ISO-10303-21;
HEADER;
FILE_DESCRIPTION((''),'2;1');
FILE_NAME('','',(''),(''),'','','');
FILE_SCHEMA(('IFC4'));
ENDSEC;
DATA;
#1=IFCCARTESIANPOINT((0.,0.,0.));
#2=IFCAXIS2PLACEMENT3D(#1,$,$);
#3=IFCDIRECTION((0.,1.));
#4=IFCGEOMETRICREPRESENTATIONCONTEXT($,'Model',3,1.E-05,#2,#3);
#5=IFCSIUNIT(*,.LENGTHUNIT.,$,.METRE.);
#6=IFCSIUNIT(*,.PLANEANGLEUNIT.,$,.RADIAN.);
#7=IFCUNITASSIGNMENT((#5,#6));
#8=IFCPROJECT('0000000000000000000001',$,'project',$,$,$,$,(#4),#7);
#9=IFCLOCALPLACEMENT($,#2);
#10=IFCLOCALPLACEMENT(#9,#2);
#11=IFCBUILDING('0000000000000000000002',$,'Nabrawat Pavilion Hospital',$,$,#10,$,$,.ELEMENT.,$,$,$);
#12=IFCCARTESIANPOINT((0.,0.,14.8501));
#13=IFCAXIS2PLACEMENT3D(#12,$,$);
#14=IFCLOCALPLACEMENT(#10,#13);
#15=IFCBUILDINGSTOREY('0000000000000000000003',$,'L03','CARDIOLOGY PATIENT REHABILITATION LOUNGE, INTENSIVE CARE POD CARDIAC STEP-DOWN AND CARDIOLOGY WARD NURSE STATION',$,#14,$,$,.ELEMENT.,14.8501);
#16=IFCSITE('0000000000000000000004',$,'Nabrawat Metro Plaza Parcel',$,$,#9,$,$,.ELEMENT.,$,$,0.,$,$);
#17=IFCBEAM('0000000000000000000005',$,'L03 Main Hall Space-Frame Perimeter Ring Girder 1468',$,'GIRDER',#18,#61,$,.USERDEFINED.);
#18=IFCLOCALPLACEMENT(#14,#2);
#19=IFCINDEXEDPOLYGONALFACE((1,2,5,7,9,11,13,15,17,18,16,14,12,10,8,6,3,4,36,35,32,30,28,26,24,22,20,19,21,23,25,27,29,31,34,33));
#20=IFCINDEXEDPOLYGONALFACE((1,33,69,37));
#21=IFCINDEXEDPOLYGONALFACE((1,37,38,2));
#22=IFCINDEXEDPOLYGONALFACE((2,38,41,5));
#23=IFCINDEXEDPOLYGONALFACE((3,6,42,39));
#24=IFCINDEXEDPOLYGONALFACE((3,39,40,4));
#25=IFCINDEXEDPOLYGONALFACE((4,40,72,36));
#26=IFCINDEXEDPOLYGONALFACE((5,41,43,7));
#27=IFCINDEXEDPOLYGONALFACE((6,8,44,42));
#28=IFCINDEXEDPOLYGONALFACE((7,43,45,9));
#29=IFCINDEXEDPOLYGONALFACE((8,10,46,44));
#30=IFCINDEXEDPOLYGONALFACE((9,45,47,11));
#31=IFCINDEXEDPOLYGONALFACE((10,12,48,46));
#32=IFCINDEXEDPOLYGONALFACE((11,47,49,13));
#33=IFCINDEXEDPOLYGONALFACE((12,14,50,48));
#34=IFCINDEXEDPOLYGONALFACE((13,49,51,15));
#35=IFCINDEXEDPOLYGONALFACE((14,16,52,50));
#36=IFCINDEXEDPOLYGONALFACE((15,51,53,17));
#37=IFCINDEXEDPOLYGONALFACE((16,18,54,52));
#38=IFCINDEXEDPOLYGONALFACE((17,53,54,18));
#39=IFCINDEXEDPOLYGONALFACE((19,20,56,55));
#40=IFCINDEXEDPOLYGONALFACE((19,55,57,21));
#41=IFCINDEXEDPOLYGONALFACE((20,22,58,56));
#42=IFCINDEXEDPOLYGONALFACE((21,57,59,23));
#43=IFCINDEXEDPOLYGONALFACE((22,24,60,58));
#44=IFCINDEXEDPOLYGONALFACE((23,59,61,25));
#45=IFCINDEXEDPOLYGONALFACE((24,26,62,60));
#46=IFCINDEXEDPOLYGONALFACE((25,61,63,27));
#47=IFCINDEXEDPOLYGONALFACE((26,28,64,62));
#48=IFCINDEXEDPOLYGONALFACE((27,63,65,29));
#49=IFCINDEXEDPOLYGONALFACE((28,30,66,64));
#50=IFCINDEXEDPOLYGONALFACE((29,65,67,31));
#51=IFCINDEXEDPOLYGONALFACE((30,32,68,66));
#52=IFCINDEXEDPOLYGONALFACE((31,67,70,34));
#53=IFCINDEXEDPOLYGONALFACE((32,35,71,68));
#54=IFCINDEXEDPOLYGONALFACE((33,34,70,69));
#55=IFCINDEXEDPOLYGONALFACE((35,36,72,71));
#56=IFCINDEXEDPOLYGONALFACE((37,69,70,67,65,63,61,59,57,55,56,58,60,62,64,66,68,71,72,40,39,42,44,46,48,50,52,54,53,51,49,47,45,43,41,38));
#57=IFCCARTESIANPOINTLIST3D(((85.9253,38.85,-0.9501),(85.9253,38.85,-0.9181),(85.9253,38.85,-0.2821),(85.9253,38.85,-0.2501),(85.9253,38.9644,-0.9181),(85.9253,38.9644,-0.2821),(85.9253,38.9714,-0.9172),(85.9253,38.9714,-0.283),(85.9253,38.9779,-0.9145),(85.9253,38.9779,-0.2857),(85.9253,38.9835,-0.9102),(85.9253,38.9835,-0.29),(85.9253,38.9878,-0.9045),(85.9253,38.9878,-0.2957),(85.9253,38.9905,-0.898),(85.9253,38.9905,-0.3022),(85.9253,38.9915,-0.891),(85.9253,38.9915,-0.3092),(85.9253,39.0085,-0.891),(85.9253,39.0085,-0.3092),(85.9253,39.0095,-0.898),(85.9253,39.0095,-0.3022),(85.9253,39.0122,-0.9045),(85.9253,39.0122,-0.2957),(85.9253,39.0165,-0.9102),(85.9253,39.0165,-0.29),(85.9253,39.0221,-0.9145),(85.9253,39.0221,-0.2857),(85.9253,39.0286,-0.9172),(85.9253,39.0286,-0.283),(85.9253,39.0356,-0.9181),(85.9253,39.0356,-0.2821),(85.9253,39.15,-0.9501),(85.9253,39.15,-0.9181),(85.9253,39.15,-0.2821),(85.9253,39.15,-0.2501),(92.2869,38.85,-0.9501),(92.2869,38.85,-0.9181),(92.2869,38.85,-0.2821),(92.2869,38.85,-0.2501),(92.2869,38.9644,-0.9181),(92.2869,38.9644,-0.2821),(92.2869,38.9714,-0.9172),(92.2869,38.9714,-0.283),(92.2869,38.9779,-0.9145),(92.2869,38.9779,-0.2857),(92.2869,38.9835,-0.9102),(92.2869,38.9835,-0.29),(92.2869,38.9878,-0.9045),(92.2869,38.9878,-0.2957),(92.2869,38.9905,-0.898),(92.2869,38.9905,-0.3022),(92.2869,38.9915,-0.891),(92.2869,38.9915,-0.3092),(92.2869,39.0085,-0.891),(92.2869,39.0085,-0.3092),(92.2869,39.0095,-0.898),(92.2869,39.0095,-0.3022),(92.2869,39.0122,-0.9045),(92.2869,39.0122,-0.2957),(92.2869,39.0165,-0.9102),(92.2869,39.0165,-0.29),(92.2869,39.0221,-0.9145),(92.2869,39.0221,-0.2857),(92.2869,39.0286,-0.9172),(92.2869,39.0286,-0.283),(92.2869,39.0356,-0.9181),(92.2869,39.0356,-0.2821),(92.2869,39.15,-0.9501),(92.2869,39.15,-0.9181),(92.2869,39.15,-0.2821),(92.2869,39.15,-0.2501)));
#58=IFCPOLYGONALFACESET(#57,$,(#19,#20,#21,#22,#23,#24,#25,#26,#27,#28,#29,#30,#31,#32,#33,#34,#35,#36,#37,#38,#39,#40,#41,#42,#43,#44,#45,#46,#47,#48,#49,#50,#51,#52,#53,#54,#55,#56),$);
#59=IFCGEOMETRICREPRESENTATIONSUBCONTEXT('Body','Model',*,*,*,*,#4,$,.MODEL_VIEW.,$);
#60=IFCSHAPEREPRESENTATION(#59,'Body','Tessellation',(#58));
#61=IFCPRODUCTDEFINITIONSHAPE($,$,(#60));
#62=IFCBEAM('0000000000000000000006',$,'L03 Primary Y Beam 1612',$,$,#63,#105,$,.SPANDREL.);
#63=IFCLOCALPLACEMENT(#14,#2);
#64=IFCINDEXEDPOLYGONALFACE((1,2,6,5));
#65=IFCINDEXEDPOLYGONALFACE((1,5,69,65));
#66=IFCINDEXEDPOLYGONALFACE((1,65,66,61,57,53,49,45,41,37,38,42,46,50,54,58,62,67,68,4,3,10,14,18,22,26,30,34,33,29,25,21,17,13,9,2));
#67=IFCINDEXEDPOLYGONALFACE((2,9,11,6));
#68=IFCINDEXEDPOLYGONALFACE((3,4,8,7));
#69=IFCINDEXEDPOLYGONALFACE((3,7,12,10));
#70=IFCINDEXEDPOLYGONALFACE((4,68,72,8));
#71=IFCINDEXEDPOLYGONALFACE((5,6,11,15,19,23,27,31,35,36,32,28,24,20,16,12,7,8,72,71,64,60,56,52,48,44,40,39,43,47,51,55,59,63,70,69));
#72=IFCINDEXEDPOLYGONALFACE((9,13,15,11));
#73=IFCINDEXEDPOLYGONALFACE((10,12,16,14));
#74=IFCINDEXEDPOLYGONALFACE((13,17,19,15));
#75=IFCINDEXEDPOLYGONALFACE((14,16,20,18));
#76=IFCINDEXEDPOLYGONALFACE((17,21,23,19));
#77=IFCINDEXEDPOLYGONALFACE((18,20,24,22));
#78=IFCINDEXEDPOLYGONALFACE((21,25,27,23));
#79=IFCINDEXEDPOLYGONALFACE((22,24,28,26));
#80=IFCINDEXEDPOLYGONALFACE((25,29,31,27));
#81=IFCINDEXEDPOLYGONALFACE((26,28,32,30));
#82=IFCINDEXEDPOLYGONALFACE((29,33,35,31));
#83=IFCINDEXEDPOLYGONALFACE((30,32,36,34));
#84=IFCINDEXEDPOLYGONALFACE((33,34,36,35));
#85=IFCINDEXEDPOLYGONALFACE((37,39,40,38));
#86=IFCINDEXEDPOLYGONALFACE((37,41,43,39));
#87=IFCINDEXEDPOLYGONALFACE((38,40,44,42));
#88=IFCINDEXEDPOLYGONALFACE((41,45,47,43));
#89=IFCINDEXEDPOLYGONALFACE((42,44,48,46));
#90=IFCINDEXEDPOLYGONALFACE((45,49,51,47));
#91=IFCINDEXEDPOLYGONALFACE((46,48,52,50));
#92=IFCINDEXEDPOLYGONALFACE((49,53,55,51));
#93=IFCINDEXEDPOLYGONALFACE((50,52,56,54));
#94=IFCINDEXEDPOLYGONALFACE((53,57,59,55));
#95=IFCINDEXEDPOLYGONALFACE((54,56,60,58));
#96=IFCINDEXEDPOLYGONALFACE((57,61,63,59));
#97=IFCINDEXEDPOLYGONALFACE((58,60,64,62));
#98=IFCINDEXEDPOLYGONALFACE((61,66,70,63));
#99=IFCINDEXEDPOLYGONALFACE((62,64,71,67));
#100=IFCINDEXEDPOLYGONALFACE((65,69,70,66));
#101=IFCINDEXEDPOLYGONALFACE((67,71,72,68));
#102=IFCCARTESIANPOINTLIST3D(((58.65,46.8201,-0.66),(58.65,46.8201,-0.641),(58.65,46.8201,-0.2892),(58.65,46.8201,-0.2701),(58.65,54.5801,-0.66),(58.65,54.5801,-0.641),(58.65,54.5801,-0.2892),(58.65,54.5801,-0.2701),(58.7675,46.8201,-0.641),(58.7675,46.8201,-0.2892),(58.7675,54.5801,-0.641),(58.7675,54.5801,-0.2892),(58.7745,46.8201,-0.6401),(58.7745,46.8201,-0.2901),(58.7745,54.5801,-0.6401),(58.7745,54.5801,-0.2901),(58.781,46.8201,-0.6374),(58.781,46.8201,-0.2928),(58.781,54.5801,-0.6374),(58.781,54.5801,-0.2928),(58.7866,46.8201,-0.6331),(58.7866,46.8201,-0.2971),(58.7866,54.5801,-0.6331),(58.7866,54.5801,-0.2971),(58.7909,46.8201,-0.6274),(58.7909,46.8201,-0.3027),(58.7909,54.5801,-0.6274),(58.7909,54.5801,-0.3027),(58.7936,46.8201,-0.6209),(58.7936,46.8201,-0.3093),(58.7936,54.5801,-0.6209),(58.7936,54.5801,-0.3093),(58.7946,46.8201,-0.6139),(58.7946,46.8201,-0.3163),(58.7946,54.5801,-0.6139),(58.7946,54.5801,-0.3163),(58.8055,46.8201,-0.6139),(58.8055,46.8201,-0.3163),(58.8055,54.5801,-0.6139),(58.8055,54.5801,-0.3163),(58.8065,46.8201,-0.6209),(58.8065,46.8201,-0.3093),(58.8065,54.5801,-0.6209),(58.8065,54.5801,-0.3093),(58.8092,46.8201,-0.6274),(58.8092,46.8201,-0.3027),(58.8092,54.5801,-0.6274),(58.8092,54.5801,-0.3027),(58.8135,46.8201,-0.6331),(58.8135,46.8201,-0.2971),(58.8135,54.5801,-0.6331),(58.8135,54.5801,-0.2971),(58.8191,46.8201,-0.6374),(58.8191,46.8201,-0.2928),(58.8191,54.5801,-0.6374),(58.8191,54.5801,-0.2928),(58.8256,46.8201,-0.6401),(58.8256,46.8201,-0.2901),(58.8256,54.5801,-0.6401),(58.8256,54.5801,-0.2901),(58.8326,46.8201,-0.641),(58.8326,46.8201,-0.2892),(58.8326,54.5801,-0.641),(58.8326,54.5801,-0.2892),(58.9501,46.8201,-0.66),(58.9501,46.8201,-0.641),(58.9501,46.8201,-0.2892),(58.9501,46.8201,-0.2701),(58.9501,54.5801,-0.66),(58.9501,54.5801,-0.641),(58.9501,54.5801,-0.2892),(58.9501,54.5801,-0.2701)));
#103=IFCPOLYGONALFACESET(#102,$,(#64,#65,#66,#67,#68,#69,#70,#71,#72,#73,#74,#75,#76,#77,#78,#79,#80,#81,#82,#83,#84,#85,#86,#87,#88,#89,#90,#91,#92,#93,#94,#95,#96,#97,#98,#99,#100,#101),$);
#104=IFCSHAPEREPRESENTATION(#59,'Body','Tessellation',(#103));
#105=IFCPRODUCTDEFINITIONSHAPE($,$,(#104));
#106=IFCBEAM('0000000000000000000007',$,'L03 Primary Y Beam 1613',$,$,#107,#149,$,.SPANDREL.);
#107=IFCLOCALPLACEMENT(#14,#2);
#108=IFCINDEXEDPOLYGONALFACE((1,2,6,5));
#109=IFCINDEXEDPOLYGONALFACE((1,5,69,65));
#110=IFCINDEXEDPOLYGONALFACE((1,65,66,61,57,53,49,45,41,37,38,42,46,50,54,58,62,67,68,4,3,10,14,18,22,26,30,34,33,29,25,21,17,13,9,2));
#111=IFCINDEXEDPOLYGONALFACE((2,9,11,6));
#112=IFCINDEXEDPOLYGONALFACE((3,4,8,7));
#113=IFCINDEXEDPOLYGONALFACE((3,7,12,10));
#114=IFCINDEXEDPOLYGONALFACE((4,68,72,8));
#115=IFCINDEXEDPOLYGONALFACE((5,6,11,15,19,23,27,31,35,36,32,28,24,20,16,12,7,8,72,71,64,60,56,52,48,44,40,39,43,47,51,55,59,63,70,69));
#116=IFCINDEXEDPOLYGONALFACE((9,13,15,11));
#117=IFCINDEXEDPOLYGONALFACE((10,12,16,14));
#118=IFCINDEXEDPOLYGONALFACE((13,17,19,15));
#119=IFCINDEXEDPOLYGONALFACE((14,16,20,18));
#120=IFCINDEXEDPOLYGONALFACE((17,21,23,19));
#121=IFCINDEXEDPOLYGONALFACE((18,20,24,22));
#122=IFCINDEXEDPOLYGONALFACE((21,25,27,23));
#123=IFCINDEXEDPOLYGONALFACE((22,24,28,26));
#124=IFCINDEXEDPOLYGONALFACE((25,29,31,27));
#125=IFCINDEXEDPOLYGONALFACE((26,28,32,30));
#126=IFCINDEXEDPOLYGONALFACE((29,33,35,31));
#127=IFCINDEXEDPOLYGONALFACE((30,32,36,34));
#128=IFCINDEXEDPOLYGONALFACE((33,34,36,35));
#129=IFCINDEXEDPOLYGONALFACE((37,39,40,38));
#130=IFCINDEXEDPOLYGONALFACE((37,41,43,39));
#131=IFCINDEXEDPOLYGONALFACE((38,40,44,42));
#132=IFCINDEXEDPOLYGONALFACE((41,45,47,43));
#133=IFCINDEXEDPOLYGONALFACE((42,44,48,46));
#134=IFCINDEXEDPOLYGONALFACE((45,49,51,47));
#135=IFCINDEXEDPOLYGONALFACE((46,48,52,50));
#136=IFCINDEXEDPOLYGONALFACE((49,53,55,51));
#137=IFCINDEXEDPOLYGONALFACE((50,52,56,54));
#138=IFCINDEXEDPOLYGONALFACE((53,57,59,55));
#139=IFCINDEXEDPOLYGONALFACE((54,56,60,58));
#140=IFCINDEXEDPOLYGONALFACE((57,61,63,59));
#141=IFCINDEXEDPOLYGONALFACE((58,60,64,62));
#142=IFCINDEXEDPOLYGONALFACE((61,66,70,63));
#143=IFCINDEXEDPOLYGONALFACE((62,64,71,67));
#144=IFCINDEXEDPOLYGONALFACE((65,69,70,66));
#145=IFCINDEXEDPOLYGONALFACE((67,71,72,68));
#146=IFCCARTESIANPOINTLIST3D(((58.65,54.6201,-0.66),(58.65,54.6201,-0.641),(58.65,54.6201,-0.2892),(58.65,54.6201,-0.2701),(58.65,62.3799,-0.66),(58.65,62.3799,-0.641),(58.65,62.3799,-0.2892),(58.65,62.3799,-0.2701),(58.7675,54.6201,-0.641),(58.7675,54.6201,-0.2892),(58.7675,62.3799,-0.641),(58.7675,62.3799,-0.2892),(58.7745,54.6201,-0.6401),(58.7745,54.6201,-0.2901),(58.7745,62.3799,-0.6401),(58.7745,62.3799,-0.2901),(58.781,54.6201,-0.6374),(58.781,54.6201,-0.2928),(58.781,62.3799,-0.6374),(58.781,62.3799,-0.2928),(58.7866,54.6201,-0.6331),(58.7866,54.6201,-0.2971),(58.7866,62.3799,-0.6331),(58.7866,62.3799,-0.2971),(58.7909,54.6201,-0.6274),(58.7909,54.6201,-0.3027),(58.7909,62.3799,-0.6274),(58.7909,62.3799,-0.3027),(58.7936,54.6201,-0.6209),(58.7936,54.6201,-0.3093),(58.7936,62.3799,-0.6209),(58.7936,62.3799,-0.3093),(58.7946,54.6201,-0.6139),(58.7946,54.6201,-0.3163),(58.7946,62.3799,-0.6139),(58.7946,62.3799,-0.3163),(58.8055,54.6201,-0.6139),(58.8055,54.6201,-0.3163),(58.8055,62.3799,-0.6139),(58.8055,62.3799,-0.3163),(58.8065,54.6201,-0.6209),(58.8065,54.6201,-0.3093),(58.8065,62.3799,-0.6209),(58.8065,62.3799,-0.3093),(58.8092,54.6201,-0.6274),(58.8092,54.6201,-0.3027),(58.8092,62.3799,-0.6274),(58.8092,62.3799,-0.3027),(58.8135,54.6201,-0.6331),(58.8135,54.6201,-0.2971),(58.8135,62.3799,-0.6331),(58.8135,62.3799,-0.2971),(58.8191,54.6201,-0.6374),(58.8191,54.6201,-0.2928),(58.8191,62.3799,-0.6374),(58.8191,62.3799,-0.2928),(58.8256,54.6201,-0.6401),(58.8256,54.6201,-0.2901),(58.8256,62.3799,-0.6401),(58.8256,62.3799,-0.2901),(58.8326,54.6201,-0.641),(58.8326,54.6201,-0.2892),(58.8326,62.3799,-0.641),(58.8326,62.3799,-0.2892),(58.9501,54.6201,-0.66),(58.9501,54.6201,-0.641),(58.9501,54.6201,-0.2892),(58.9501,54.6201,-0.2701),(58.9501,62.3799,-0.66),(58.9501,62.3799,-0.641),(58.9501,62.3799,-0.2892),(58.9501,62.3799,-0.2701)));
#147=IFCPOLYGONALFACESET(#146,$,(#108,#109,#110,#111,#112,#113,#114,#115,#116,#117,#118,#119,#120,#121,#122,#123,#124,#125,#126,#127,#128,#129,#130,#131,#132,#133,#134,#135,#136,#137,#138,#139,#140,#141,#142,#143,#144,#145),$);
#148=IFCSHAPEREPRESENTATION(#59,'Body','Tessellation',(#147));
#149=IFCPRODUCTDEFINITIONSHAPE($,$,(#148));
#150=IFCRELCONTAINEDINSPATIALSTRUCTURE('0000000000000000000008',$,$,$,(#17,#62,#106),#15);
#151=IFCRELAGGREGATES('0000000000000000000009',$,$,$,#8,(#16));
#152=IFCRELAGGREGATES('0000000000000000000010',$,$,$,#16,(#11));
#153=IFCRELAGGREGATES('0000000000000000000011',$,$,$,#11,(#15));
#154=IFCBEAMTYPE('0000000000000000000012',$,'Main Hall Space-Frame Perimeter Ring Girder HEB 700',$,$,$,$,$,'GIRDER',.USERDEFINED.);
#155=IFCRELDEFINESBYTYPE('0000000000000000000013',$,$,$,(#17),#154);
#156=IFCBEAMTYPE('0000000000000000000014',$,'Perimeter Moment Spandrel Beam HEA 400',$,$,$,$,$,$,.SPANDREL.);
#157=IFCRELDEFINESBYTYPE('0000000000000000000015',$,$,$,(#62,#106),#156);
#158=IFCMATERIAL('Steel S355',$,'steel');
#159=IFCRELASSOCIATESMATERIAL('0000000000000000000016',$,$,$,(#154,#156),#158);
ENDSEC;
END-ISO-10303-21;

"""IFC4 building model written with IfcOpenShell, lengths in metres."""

from ifc_helpers import new_model, si_unit, direction, frame, origin, origin_2d, place, context, subcontext, project, spatial, i_section, extrude, material, material_profile, profile_set, type_object, element, save


model = new_model("IFC4")

# Units and contexts
model_context = context("Model", 3, precision=1e-05, world=origin(), true_north=direction((0.0, 1.0)))
body_context = subcontext(model_context, "Body", "Model", "MODEL_VIEW")
ifc_project = project(units=[si_unit("LENGTHUNIT", "METRE"), si_unit("PLANEANGLEUNIT", "RADIAN")], contexts=[model_context])

# Site, building, storey
site_placement = place(None, origin())
site = spatial("IfcSite", under=ifc_project, at=site_placement, Name="Nabrawat Metro Plaza Parcel", CompositionType="ELEMENT", RefElevation=0.0)
building_placement = place(site_placement, origin())
building = spatial("IfcBuilding", under=site, at=building_placement, Name="Nabrawat Pavilion Hospital", CompositionType="ELEMENT")
storey_placement = place(building_placement, frame((0.0, 0.0, 14.8501)))
storey = spatial("IfcBuildingStorey", under=building, at=storey_placement, Name="L03", Description="CARDIOLOGY PATIENT REHABILITATION LOUNGE, INTENSIVE CARE POD CARDIAC STEP-DOWN AND CARDIOLOGY WARD NURSE STATION", CompositionType="ELEMENT", Elevation=14.8501)

# Shared definitions
ifc_material_1 = material(Name="Steel S355", Category="steel")

# Beams
ifc_material_profile_1 = material_profile(ifc_material_1, i_section(OverallWidth=0.3, OverallDepth=0.7, WebThickness=0.0171, FlangeThickness=0.032, FilletRadius=0.0271, at=origin_2d()), Name="HEB 700")
ifc_profile_set_1 = profile_set([ifc_material_profile_1], Name="Steel S355")
beam_type_1 = type_object("IfcBeamType", Name="Main Hall Space-Frame Perimeter Ring Girder HEB 700", ElementType="GIRDER", PredefinedType="USERDEFINED", material=ifc_profile_set_1)
for number, where, z_axis, x_axis, name in (
    (1, (85.9253, 39.0, -0.6001), (1.0, 0.0, 0.0), (0.0, 1.0, 0.0), "L03 Main Hall Space-Frame Perimeter Ring Girder 1468"),
):
    element("IfcBeam", number, at=place(storey_placement, frame(where, z_axis=z_axis, x_axis=x_axis)), inside=storey, type_object=beam_type_1, Name=name, ObjectType="GIRDER", PredefinedType="USERDEFINED", context=body_context, shape_type="SweptSolid", body=[
        extrude(i_section(OverallWidth=0.3, OverallDepth=0.7, WebThickness=0.0171, FlangeThickness=0.032, FilletRadius=0.0271, at=origin_2d()), origin(), (0.0, 0.0, 1.0), 6.3616),
    ])
ifc_material_profile_2 = material_profile(ifc_material_1, i_section(OverallWidth=0.3, OverallDepth=0.3899, WebThickness=0.011, FlangeThickness=0.019, FilletRadius=0.0271, at=origin_2d()), Name="HEA 400")
ifc_profile_set_2 = profile_set([ifc_material_profile_2], Name="Steel S355")
beam_type_2 = type_object("IfcBeamType", Name="Perimeter Moment Spandrel Beam HEA 400", PredefinedType="SPANDREL", material=ifc_profile_set_2)
beam_1_placement = place(storey_placement, frame((58.8, 46.8201, -0.4651), z_axis=(0.0, 1.0, 0.0), x_axis=(-1.0, 0.0, 0.0)))
element("IfcBeam", 2, at=beam_1_placement, inside=storey, type_object=beam_type_2, Name="L03 Primary Y Beam 1612", PredefinedType="SPANDREL", context=body_context, shape_type="SweptSolid", body=[
    extrude(i_section(OverallWidth=0.3, OverallDepth=0.3899, WebThickness=0.011, FlangeThickness=0.019, FilletRadius=0.0271, at=origin_2d()), origin(), (0.0, 0.0, 1.0), 7.76),
])
beam_2_placement = place(storey_placement, frame((58.8, 54.6201, -0.4651), z_axis=(0.0, 1.0, 0.0), x_axis=(-1.0, 0.0, 0.0)))
element("IfcBeam", 3, at=beam_2_placement, inside=storey, type_object=beam_type_2, Name="L03 Primary Y Beam 1613", PredefinedType="SPANDREL", context=body_context, shape_type="SweptSolid", body=[
    extrude(i_section(OverallWidth=0.3, OverallDepth=0.3899, WebThickness=0.011, FlangeThickness=0.019, FilletRadius=0.0271, at=origin_2d()), origin(), (0.0, 0.0, 1.0), 7.7598),
])

save(model, "model.ifc")
